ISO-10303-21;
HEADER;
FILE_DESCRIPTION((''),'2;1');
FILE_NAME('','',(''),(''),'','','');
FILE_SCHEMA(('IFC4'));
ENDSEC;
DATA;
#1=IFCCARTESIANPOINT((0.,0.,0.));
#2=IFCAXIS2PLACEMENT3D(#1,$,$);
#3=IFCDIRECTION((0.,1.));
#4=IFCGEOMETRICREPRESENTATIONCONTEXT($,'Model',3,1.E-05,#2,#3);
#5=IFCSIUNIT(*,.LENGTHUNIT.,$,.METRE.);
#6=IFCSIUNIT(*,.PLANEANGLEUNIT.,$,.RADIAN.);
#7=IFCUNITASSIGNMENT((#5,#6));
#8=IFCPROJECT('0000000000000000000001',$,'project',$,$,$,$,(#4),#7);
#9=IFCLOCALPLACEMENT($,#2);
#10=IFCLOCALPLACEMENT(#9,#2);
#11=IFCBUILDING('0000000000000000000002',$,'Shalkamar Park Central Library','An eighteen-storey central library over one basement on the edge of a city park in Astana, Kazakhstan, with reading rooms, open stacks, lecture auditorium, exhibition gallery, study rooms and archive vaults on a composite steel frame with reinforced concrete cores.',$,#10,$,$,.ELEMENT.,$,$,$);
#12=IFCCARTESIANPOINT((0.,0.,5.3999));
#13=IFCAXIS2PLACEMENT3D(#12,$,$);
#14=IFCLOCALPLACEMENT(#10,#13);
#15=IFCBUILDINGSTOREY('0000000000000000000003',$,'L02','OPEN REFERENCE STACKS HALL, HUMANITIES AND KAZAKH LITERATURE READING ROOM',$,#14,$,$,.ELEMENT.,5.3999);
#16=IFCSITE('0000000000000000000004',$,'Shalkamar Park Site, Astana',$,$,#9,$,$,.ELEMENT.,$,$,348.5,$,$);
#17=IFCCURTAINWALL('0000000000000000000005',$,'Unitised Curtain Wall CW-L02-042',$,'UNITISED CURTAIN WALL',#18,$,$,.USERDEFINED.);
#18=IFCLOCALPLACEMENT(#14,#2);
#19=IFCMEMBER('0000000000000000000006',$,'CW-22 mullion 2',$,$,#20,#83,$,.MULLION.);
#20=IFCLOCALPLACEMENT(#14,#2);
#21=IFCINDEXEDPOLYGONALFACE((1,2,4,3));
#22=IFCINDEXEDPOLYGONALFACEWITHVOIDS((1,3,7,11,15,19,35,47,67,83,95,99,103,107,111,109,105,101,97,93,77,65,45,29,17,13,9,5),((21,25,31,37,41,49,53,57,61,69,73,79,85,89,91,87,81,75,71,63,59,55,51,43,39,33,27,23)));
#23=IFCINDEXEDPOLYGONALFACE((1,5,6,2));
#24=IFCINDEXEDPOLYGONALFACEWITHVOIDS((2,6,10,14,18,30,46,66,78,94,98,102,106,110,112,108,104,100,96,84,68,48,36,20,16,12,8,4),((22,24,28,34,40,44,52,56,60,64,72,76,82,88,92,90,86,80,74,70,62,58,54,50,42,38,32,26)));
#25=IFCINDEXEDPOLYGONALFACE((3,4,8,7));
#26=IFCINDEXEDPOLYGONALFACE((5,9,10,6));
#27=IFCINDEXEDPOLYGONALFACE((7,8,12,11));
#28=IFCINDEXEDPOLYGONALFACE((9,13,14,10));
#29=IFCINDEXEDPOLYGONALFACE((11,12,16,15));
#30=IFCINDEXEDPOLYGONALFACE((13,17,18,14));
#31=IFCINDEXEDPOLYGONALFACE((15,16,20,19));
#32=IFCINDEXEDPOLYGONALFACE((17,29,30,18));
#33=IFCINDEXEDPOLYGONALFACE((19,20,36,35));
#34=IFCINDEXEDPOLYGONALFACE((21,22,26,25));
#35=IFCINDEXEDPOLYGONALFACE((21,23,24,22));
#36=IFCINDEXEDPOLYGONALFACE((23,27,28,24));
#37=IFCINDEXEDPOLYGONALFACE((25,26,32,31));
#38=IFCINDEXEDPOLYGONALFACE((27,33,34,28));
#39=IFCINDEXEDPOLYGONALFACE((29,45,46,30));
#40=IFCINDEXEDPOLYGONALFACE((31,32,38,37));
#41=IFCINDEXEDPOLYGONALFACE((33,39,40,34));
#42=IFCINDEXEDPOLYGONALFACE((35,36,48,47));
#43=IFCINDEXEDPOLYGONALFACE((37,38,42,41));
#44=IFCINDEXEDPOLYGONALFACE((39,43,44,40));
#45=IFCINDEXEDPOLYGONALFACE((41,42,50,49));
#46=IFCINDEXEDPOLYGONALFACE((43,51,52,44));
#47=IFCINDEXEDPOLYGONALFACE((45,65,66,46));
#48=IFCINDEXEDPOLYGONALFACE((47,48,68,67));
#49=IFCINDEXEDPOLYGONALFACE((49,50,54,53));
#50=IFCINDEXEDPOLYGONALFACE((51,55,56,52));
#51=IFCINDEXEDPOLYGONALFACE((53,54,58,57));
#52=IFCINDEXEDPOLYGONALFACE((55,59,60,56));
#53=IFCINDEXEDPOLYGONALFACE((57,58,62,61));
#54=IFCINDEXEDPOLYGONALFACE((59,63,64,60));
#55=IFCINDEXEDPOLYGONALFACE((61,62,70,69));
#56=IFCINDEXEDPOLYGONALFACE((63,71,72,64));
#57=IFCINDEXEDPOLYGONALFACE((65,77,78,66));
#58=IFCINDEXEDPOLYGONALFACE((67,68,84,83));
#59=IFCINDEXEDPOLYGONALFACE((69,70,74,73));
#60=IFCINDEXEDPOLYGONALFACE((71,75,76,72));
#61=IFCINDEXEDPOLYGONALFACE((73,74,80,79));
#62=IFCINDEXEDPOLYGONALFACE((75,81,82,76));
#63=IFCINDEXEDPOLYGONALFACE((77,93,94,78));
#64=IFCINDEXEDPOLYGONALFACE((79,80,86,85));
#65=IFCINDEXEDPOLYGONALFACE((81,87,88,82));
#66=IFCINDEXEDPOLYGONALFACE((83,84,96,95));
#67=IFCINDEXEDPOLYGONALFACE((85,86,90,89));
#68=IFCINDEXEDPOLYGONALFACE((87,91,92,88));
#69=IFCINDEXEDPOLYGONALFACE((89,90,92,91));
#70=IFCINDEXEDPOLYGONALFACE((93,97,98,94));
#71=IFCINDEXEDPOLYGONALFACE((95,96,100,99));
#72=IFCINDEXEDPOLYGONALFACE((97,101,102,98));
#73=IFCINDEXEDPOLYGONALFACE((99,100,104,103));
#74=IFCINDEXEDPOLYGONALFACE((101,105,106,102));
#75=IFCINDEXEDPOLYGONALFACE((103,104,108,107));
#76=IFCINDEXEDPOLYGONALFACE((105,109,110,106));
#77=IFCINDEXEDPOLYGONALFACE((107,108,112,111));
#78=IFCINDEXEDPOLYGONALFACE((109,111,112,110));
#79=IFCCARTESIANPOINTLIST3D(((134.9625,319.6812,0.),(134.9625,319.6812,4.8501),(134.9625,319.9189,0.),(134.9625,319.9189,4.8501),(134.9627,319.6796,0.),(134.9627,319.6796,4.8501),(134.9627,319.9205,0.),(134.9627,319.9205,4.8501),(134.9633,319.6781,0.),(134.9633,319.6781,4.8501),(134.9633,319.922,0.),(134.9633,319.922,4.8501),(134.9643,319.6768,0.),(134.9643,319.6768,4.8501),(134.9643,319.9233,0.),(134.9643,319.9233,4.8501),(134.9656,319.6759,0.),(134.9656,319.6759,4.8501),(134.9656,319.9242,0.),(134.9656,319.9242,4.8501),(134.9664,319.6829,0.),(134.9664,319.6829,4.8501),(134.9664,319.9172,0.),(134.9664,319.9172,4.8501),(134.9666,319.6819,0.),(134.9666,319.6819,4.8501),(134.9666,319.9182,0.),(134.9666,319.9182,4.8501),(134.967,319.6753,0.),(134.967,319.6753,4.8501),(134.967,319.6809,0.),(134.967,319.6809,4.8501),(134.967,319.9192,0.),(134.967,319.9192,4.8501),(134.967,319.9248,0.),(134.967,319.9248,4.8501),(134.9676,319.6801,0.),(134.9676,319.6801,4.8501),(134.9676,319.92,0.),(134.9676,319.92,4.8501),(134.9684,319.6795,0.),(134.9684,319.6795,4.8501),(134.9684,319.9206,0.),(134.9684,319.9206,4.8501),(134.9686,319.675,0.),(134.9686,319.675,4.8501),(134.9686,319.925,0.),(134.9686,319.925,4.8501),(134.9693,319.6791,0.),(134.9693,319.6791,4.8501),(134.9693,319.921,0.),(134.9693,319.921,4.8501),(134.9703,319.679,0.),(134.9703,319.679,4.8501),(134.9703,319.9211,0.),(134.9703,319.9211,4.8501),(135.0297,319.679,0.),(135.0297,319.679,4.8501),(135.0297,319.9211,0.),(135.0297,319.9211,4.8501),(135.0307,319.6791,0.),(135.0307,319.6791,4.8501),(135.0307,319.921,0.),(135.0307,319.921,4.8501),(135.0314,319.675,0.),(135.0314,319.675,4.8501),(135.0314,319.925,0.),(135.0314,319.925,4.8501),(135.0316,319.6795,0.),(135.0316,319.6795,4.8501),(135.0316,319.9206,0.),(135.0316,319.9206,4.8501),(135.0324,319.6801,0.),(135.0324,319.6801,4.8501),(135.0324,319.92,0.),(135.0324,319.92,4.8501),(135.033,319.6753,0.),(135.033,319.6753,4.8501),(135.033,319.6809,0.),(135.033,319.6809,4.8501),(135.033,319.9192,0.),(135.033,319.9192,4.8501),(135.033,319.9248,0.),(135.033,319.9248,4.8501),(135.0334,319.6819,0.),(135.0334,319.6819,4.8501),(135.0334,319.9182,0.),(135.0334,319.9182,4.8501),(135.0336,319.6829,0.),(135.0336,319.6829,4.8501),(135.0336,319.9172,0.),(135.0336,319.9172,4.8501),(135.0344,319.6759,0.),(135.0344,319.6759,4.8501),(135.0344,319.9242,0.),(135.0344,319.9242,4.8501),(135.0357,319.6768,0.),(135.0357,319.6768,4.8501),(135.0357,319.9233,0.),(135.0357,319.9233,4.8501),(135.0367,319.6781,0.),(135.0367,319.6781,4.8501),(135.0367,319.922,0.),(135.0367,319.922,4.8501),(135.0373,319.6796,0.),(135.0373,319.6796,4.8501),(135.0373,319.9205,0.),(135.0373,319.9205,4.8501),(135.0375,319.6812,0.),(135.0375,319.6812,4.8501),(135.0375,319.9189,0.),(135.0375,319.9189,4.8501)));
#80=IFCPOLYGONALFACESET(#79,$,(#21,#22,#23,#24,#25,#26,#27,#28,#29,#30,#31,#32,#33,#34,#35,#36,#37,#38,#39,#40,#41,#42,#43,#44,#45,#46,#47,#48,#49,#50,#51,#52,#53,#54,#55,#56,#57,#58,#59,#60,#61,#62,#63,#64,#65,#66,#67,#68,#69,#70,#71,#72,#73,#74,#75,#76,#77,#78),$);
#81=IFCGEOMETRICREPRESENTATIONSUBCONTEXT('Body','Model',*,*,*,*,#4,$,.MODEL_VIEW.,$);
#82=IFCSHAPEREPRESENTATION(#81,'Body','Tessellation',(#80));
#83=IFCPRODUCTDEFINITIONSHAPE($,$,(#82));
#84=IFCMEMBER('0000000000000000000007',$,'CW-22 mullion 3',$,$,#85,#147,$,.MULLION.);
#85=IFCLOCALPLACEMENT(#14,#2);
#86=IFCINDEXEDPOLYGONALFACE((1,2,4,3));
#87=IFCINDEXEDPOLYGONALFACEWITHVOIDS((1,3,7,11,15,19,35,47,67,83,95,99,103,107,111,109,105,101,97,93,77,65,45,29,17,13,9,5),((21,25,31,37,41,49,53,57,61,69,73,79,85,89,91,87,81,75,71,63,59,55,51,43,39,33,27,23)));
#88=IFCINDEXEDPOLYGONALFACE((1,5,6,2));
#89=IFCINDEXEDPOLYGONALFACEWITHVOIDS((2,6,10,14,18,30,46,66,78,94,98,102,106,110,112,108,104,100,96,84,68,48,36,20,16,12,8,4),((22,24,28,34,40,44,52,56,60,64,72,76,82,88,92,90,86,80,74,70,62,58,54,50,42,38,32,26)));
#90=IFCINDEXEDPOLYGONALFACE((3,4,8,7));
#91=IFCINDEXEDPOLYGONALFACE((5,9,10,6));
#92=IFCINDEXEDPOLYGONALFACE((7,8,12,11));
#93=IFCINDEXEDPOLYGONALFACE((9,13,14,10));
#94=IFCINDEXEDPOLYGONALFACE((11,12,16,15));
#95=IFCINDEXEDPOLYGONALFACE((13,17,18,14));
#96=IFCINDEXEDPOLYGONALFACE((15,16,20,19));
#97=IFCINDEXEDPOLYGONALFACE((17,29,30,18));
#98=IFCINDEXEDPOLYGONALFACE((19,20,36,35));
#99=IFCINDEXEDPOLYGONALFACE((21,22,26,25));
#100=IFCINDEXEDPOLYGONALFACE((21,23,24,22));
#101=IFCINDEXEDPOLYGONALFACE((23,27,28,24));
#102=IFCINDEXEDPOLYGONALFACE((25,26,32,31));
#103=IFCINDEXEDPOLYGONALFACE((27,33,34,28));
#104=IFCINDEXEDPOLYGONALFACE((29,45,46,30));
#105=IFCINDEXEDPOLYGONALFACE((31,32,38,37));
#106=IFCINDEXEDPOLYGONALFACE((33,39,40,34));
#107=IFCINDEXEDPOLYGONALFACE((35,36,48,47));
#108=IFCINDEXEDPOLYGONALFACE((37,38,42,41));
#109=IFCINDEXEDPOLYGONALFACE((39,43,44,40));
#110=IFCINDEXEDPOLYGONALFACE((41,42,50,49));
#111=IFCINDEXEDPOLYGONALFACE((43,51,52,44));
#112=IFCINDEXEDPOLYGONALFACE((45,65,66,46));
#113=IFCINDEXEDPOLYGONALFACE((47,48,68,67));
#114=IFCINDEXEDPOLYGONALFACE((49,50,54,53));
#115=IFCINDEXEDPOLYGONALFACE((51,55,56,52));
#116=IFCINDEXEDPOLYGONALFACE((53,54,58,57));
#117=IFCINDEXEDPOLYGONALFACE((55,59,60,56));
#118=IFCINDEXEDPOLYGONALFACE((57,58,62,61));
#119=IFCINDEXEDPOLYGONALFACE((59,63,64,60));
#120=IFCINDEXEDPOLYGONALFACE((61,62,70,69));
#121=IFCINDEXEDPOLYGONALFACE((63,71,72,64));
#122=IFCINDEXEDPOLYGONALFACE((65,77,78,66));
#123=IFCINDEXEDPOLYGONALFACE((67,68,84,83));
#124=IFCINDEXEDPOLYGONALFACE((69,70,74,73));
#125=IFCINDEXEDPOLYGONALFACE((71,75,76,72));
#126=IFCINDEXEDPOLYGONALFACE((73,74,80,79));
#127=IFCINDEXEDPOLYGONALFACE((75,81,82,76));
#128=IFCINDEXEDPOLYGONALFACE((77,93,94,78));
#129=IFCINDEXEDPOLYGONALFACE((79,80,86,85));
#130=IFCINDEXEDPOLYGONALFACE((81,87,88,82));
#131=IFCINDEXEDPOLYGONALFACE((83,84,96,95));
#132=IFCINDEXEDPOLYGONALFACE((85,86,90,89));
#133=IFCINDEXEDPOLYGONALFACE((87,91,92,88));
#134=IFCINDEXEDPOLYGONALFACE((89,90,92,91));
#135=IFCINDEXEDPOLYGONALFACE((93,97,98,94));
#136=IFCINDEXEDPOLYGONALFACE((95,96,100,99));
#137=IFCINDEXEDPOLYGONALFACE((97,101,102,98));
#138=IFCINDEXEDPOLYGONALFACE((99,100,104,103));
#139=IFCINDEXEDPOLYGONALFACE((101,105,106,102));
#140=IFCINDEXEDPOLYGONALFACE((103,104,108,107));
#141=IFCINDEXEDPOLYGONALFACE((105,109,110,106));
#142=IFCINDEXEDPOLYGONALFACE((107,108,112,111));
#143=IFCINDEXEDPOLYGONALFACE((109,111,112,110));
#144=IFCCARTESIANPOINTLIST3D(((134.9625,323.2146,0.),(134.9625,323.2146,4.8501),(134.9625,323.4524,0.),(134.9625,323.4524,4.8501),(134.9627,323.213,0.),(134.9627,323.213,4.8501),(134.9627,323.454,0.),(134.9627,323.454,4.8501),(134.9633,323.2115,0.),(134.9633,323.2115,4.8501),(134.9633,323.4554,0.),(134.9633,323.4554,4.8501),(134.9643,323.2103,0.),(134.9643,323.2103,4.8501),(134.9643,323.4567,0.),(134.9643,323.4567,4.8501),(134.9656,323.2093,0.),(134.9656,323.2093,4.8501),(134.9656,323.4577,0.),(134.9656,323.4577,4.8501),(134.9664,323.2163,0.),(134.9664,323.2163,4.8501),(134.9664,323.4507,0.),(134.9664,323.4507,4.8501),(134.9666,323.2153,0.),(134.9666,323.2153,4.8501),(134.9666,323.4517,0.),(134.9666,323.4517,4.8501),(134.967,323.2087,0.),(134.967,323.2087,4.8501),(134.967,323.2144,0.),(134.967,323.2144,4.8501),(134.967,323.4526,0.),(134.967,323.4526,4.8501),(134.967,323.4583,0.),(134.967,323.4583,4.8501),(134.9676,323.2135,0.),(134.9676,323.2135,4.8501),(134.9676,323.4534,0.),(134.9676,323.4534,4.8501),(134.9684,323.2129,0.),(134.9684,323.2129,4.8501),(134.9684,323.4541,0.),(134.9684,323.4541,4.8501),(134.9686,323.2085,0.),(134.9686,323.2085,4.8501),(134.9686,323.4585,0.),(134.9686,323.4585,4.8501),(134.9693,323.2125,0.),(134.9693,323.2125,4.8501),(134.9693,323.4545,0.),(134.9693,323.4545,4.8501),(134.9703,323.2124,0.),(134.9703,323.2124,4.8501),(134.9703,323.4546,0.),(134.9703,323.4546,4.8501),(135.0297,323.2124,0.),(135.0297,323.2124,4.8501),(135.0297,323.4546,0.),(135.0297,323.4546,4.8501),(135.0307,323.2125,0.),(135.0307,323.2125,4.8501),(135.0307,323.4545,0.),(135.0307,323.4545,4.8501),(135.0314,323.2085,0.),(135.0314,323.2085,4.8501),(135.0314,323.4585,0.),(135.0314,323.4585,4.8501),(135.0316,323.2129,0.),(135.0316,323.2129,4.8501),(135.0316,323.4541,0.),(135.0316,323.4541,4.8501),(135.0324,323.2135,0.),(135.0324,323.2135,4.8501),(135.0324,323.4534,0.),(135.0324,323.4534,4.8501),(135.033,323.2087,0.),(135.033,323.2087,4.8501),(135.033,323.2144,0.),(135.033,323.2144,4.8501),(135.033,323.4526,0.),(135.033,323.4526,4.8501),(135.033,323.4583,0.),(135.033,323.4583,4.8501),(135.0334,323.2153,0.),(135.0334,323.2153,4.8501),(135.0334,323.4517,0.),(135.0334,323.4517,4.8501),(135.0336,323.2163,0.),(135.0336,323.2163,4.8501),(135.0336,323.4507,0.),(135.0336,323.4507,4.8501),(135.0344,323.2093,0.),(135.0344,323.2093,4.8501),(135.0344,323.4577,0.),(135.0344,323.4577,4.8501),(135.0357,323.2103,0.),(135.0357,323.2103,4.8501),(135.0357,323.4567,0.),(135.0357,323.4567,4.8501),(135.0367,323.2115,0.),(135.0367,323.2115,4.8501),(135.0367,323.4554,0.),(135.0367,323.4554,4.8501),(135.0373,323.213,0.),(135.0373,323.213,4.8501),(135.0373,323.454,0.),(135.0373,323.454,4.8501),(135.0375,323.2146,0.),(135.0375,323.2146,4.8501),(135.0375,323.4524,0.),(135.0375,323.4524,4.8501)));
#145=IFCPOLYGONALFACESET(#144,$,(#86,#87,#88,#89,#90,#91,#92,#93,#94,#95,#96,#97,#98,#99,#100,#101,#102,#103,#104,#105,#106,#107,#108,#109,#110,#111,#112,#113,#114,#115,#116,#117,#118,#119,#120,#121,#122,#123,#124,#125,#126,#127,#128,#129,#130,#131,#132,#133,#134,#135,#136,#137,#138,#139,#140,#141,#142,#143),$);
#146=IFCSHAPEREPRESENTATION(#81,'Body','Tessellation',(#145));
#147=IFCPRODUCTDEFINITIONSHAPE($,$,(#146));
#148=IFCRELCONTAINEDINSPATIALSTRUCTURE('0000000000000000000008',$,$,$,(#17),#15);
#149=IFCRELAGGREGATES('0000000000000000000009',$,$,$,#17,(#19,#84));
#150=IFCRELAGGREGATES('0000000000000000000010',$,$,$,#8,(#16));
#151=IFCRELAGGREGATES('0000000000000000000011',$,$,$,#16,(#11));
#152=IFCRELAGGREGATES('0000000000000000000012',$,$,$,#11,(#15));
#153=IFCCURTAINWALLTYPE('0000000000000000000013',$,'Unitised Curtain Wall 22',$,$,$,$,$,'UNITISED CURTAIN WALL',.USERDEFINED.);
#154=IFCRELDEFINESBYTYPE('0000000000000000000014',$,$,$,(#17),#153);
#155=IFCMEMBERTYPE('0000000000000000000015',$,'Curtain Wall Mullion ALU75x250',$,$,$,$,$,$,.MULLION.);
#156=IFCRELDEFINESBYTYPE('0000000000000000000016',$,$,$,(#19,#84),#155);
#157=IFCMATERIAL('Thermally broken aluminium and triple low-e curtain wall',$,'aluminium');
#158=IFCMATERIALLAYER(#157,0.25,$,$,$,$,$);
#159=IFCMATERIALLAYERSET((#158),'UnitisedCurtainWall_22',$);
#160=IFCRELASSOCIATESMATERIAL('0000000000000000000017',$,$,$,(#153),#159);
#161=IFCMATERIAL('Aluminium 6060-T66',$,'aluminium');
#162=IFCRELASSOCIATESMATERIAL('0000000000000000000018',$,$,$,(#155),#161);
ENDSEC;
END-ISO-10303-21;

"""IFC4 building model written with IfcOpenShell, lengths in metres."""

from ifc_helpers import new_model, si_unit, direction, frame, origin, origin_2d, place, context, subcontext, project, spatial, hollow_rectangle, extrude, material, layer, layer_set, material_profile, profile_set, type_object, element, aggregate, save


model = new_model("IFC4")

# Units and contexts
model_context = context("Model", 3, precision=1e-05, world=origin(), true_north=direction((0.0, 1.0)))
body_context = subcontext(model_context, "Body", "Model", "MODEL_VIEW")
ifc_project = project(units=[si_unit("LENGTHUNIT", "METRE"), si_unit("PLANEANGLEUNIT", "RADIAN")], contexts=[model_context])

# Site, building, storey
site_placement = place(None, origin())
site = spatial("IfcSite", under=ifc_project, at=site_placement, Name="Shalkamar Park Site, Astana", CompositionType="ELEMENT", RefElevation=348.5)
building_placement = place(site_placement, origin())
building = spatial("IfcBuilding", under=site, at=building_placement, Name="Shalkamar Park Central Library", Description="An eighteen-storey central library over one basement on the edge of a city park in Astana, Kazakhstan, with reading rooms, open stacks, lecture auditorium, exhibition gallery, study rooms and archive vaults on a composite steel frame with reinforced concrete cores.", CompositionType="ELEMENT")
storey_placement = place(building_placement, frame((0.0, 0.0, 5.3999)))
storey = spatial("IfcBuildingStorey", under=building, at=storey_placement, Name="L02", Description="OPEN REFERENCE STACKS HALL, HUMANITIES AND KAZAKH LITERATURE READING ROOM", CompositionType="ELEMENT", Elevation=5.3999)

# Curtain wall, members
ifc_material_1 = material(Name="Thermally broken aluminium and triple low-e curtain wall", Category="aluminium")
ifc_layer_1 = layer(ifc_material_1, 0.25)
ifc_layer_set_1 = layer_set([ifc_layer_1], Name="UnitisedCurtainWall_22")
curtain_wall_type = type_object("IfcCurtainWallType", Name="Unitised Curtain Wall 22", ElementType="UNITISED CURTAIN WALL", PredefinedType="USERDEFINED", material=ifc_layer_set_1)
curtain_wall_placement = place(storey_placement, origin())
curtain_wall = element("IfcCurtainWall", 1, at=curtain_wall_placement, inside=storey, type_object=curtain_wall_type, Name="Unitised Curtain Wall CW-L02-042", ObjectType="UNITISED CURTAIN WALL", PredefinedType="USERDEFINED")
ifc_material_2 = material(Name="Aluminium 6060-T66", Category="aluminium")
ifc_material_profile_1 = material_profile(ifc_material_2, hollow_rectangle(XDim=0.075, YDim=0.25, WallThickness=0.0039, InnerFilletRadius=0.0039, OuterFilletRadius=0.0061, at=origin_2d()), Name="ALU 75x250x4")
ifc_profile_set_1 = profile_set([ifc_material_profile_1], Name="Aluminium 6060-T66")
member_type_1 = type_object("IfcMemberType", Name="Curtain Wall Mullion ALU75x250", PredefinedType="MULLION", material=ifc_profile_set_1)
member_1_placement = place(storey_placement, frame((135.0, 319.8, 0.0), z_axis=(0.0, 0.0, 1.0), x_axis=(-1.0, 0.0, 0.0)))
member_1 = element("IfcMember", 2, at=member_1_placement, type_object=member_type_1, Name="CW-22 mullion 2", PredefinedType="MULLION", context=body_context, shape_type="SweptSolid", body=[
    extrude(hollow_rectangle(XDim=0.075, YDim=0.25, WallThickness=0.0039, InnerFilletRadius=0.0039, OuterFilletRadius=0.0061, at=origin_2d()), origin(), (0.0, 0.0, 1.0), 4.8501),
])
member_2_placement = place(storey_placement, frame((135.0, 323.3335, 0.0), z_axis=(0.0, 0.0, 1.0), x_axis=(-1.0, 0.0, 0.0)))
member_2 = element("IfcMember", 3, at=member_2_placement, type_object=member_type_1, Name="CW-22 mullion 3", PredefinedType="MULLION", context=body_context, shape_type="SweptSolid", body=[
    extrude(hollow_rectangle(XDim=0.075, YDim=0.25, WallThickness=0.0039, InnerFilletRadius=0.0039, OuterFilletRadius=0.0061, at=origin_2d()), origin(), (0.0, 0.0, 1.0), 4.8501),
])

aggregate(curtain_wall, [member_1, member_2])

save(model, "model.ifc")
